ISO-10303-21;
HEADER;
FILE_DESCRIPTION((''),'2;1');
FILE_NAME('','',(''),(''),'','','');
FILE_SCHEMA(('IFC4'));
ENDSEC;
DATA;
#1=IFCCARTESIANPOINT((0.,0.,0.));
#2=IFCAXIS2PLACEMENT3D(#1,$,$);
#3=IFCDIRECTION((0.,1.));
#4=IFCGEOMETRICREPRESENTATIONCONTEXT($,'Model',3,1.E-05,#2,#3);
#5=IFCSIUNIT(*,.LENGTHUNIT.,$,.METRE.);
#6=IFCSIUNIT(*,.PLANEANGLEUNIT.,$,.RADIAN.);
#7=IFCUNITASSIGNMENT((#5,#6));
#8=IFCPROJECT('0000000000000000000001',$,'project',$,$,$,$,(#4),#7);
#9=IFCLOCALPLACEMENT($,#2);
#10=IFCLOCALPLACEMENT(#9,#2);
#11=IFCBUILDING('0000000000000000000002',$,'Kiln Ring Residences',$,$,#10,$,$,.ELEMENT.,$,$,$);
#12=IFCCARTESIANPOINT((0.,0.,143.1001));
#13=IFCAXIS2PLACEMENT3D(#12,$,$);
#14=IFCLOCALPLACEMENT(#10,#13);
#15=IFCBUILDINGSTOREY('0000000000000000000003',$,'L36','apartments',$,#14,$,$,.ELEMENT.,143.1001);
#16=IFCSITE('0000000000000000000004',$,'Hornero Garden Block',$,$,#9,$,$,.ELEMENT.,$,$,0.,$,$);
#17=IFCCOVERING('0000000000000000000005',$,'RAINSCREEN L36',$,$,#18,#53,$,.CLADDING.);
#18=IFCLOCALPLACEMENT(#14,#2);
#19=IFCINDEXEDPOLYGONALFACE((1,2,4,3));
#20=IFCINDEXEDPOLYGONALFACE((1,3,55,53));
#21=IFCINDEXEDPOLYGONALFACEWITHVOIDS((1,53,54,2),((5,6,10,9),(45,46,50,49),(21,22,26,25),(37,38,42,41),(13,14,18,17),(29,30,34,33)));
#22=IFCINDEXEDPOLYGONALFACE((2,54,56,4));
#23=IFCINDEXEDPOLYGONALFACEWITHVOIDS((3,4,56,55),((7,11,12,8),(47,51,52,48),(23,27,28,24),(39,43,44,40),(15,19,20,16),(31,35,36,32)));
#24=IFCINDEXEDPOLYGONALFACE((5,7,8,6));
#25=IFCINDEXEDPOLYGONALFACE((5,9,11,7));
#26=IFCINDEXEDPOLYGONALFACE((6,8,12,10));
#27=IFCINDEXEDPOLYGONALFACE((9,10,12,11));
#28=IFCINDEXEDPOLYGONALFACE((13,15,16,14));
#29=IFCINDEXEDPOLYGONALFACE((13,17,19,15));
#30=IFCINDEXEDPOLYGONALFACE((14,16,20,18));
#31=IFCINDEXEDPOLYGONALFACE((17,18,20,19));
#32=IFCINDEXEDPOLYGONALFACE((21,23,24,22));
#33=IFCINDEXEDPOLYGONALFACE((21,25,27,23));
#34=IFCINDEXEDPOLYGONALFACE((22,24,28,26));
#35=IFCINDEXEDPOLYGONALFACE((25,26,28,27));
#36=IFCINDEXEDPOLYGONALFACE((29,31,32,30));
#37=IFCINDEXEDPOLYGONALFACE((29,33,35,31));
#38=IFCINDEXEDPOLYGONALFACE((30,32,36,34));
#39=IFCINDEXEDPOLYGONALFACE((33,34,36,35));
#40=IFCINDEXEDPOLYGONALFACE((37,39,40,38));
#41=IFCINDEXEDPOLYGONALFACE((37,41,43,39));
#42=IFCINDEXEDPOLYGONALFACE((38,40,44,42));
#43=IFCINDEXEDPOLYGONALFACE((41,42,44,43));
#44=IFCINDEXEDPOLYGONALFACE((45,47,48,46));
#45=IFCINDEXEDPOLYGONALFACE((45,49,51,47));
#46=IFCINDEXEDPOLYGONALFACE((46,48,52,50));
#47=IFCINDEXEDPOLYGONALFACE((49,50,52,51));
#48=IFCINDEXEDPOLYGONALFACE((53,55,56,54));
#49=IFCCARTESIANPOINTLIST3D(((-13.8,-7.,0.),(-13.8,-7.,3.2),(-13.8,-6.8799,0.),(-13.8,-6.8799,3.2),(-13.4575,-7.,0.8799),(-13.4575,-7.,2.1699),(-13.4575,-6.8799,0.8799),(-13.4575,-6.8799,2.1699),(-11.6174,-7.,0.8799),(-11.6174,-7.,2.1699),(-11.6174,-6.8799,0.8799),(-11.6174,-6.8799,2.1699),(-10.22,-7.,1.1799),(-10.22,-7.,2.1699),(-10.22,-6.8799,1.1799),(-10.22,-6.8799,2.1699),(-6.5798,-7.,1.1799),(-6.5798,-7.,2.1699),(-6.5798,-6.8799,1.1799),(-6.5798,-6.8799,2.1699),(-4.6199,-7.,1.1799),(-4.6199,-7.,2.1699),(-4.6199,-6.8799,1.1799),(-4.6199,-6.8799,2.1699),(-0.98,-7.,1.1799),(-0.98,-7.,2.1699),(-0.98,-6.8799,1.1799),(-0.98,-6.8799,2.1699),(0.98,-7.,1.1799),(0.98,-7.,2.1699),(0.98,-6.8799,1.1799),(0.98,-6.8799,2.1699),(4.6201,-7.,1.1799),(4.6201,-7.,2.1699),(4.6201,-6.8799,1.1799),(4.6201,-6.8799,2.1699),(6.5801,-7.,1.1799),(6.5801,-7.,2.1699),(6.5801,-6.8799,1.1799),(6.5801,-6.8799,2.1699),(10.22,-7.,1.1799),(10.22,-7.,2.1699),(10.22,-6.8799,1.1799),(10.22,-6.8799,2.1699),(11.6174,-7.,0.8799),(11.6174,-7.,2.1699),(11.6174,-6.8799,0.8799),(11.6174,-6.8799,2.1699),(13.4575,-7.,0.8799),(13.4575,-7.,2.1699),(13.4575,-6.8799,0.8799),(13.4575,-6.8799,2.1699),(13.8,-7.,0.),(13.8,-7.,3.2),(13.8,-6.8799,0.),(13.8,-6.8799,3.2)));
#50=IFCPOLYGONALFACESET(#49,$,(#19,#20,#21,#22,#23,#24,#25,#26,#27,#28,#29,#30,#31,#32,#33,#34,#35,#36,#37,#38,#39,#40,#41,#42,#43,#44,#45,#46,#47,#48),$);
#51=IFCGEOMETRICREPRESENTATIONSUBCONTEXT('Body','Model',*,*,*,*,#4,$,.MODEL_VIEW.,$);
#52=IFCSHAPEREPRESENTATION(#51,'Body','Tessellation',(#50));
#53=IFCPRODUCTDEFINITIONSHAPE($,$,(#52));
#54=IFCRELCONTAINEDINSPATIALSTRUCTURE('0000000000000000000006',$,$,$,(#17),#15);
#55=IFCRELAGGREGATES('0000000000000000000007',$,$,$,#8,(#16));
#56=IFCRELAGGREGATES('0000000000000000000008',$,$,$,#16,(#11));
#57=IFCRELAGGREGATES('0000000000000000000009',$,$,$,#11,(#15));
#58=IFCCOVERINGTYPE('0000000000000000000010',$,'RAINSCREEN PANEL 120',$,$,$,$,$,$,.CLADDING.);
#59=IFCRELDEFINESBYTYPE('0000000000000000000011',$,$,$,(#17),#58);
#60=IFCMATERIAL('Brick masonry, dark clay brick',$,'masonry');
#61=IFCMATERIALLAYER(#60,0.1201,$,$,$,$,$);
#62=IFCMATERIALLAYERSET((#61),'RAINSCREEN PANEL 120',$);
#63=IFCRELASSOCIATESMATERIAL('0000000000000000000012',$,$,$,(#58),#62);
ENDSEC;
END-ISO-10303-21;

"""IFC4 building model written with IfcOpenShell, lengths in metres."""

from ifc_helpers import new_model, si_unit, direction, frame, origin, place, context, subcontext, project, spatial, polyline, outline, extrude, material, layer, layer_set, type_object, element, save


model = new_model("IFC4")

# Units and contexts
model_context = context("Model", 3, precision=1e-05, world=origin(), true_north=direction((0.0, 1.0)))
body_context = subcontext(model_context, "Body", "Model", "MODEL_VIEW")
ifc_project = project(units=[si_unit("LENGTHUNIT", "METRE"), si_unit("PLANEANGLEUNIT", "RADIAN")], contexts=[model_context])

# Site, building, storey
site_placement = place(None, origin())
site = spatial("IfcSite", under=ifc_project, at=site_placement, Name="Hornero Garden Block", CompositionType="ELEMENT", RefElevation=0.0)
building_placement = place(site_placement, origin())
building = spatial("IfcBuilding", under=site, at=building_placement, Name="Kiln Ring Residences", CompositionType="ELEMENT")
storey_placement = place(building_placement, frame((0.0, 0.0, 143.1001)))
storey = spatial("IfcBuildingStorey", under=building, at=storey_placement, Name="L36", Description="apartments", CompositionType="ELEMENT", Elevation=143.1001)

# Covering
ifc_material_1 = material(Name="Brick masonry, dark clay brick", Category="masonry")
ifc_layer_1 = layer(ifc_material_1, 0.1201)
ifc_layer_set_1 = layer_set([ifc_layer_1], Name="RAINSCREEN PANEL 120")
covering_type = type_object("IfcCoveringType", Name="RAINSCREEN PANEL 120", PredefinedType="CLADDING", material=ifc_layer_set_1)
covering_placement = place(storey_placement, frame((13.8, -6.9399, 0.0), z_axis=(0.0, 0.0, 1.0), x_axis=(-1.0, 0.0, 0.0)))
element("IfcCovering", 1, at=covering_placement, inside=storey, type_object=covering_type, Name="RAINSCREEN L36", PredefinedType="CLADDING", context=body_context, shape_type="SweptSolid", body=[
    extrude(outline(polyline([(0.0, 0.0), (27.6001, 0.0), (27.6001, 3.2), (0.0, 3.2), (0.0, 0.0)]), holes=[polyline([(2.1826, 0.8799), (2.1826, 2.1699), (0.3425, 2.1699), (0.3425, 0.8799), (2.1826, 0.8799)]), polyline([(25.4175, 0.8799), (27.2576, 0.8799), (27.2576, 2.1699), (25.4175, 2.1699), (25.4175, 0.8799)]), polyline([(3.5801, 1.1799), (7.22, 1.1799), (7.22, 2.1699), (3.5801, 2.1699), (3.5801, 1.1799)]), polyline([(12.8201, 1.1799), (12.8201, 2.1699), (9.1799, 2.1699), (9.1799, 1.1799), (12.8201, 1.1799)]), polyline([(14.78, 1.1799), (18.4199, 1.1799), (18.4199, 2.1699), (14.78, 2.1699), (14.78, 1.1799)]), polyline([(20.3799, 1.1799), (24.02, 1.1799), (24.02, 2.1699), (20.3799, 2.1699), (20.3799, 1.1799)])]), frame((0.0, 0.0601, 0.0), z_axis=(0.0, -1.0, 0.0), x_axis=(1.0, 0.0, 0.0)), (0.0, 0.0, 1.0), 0.1201),
])

save(model, "model.ifc")
